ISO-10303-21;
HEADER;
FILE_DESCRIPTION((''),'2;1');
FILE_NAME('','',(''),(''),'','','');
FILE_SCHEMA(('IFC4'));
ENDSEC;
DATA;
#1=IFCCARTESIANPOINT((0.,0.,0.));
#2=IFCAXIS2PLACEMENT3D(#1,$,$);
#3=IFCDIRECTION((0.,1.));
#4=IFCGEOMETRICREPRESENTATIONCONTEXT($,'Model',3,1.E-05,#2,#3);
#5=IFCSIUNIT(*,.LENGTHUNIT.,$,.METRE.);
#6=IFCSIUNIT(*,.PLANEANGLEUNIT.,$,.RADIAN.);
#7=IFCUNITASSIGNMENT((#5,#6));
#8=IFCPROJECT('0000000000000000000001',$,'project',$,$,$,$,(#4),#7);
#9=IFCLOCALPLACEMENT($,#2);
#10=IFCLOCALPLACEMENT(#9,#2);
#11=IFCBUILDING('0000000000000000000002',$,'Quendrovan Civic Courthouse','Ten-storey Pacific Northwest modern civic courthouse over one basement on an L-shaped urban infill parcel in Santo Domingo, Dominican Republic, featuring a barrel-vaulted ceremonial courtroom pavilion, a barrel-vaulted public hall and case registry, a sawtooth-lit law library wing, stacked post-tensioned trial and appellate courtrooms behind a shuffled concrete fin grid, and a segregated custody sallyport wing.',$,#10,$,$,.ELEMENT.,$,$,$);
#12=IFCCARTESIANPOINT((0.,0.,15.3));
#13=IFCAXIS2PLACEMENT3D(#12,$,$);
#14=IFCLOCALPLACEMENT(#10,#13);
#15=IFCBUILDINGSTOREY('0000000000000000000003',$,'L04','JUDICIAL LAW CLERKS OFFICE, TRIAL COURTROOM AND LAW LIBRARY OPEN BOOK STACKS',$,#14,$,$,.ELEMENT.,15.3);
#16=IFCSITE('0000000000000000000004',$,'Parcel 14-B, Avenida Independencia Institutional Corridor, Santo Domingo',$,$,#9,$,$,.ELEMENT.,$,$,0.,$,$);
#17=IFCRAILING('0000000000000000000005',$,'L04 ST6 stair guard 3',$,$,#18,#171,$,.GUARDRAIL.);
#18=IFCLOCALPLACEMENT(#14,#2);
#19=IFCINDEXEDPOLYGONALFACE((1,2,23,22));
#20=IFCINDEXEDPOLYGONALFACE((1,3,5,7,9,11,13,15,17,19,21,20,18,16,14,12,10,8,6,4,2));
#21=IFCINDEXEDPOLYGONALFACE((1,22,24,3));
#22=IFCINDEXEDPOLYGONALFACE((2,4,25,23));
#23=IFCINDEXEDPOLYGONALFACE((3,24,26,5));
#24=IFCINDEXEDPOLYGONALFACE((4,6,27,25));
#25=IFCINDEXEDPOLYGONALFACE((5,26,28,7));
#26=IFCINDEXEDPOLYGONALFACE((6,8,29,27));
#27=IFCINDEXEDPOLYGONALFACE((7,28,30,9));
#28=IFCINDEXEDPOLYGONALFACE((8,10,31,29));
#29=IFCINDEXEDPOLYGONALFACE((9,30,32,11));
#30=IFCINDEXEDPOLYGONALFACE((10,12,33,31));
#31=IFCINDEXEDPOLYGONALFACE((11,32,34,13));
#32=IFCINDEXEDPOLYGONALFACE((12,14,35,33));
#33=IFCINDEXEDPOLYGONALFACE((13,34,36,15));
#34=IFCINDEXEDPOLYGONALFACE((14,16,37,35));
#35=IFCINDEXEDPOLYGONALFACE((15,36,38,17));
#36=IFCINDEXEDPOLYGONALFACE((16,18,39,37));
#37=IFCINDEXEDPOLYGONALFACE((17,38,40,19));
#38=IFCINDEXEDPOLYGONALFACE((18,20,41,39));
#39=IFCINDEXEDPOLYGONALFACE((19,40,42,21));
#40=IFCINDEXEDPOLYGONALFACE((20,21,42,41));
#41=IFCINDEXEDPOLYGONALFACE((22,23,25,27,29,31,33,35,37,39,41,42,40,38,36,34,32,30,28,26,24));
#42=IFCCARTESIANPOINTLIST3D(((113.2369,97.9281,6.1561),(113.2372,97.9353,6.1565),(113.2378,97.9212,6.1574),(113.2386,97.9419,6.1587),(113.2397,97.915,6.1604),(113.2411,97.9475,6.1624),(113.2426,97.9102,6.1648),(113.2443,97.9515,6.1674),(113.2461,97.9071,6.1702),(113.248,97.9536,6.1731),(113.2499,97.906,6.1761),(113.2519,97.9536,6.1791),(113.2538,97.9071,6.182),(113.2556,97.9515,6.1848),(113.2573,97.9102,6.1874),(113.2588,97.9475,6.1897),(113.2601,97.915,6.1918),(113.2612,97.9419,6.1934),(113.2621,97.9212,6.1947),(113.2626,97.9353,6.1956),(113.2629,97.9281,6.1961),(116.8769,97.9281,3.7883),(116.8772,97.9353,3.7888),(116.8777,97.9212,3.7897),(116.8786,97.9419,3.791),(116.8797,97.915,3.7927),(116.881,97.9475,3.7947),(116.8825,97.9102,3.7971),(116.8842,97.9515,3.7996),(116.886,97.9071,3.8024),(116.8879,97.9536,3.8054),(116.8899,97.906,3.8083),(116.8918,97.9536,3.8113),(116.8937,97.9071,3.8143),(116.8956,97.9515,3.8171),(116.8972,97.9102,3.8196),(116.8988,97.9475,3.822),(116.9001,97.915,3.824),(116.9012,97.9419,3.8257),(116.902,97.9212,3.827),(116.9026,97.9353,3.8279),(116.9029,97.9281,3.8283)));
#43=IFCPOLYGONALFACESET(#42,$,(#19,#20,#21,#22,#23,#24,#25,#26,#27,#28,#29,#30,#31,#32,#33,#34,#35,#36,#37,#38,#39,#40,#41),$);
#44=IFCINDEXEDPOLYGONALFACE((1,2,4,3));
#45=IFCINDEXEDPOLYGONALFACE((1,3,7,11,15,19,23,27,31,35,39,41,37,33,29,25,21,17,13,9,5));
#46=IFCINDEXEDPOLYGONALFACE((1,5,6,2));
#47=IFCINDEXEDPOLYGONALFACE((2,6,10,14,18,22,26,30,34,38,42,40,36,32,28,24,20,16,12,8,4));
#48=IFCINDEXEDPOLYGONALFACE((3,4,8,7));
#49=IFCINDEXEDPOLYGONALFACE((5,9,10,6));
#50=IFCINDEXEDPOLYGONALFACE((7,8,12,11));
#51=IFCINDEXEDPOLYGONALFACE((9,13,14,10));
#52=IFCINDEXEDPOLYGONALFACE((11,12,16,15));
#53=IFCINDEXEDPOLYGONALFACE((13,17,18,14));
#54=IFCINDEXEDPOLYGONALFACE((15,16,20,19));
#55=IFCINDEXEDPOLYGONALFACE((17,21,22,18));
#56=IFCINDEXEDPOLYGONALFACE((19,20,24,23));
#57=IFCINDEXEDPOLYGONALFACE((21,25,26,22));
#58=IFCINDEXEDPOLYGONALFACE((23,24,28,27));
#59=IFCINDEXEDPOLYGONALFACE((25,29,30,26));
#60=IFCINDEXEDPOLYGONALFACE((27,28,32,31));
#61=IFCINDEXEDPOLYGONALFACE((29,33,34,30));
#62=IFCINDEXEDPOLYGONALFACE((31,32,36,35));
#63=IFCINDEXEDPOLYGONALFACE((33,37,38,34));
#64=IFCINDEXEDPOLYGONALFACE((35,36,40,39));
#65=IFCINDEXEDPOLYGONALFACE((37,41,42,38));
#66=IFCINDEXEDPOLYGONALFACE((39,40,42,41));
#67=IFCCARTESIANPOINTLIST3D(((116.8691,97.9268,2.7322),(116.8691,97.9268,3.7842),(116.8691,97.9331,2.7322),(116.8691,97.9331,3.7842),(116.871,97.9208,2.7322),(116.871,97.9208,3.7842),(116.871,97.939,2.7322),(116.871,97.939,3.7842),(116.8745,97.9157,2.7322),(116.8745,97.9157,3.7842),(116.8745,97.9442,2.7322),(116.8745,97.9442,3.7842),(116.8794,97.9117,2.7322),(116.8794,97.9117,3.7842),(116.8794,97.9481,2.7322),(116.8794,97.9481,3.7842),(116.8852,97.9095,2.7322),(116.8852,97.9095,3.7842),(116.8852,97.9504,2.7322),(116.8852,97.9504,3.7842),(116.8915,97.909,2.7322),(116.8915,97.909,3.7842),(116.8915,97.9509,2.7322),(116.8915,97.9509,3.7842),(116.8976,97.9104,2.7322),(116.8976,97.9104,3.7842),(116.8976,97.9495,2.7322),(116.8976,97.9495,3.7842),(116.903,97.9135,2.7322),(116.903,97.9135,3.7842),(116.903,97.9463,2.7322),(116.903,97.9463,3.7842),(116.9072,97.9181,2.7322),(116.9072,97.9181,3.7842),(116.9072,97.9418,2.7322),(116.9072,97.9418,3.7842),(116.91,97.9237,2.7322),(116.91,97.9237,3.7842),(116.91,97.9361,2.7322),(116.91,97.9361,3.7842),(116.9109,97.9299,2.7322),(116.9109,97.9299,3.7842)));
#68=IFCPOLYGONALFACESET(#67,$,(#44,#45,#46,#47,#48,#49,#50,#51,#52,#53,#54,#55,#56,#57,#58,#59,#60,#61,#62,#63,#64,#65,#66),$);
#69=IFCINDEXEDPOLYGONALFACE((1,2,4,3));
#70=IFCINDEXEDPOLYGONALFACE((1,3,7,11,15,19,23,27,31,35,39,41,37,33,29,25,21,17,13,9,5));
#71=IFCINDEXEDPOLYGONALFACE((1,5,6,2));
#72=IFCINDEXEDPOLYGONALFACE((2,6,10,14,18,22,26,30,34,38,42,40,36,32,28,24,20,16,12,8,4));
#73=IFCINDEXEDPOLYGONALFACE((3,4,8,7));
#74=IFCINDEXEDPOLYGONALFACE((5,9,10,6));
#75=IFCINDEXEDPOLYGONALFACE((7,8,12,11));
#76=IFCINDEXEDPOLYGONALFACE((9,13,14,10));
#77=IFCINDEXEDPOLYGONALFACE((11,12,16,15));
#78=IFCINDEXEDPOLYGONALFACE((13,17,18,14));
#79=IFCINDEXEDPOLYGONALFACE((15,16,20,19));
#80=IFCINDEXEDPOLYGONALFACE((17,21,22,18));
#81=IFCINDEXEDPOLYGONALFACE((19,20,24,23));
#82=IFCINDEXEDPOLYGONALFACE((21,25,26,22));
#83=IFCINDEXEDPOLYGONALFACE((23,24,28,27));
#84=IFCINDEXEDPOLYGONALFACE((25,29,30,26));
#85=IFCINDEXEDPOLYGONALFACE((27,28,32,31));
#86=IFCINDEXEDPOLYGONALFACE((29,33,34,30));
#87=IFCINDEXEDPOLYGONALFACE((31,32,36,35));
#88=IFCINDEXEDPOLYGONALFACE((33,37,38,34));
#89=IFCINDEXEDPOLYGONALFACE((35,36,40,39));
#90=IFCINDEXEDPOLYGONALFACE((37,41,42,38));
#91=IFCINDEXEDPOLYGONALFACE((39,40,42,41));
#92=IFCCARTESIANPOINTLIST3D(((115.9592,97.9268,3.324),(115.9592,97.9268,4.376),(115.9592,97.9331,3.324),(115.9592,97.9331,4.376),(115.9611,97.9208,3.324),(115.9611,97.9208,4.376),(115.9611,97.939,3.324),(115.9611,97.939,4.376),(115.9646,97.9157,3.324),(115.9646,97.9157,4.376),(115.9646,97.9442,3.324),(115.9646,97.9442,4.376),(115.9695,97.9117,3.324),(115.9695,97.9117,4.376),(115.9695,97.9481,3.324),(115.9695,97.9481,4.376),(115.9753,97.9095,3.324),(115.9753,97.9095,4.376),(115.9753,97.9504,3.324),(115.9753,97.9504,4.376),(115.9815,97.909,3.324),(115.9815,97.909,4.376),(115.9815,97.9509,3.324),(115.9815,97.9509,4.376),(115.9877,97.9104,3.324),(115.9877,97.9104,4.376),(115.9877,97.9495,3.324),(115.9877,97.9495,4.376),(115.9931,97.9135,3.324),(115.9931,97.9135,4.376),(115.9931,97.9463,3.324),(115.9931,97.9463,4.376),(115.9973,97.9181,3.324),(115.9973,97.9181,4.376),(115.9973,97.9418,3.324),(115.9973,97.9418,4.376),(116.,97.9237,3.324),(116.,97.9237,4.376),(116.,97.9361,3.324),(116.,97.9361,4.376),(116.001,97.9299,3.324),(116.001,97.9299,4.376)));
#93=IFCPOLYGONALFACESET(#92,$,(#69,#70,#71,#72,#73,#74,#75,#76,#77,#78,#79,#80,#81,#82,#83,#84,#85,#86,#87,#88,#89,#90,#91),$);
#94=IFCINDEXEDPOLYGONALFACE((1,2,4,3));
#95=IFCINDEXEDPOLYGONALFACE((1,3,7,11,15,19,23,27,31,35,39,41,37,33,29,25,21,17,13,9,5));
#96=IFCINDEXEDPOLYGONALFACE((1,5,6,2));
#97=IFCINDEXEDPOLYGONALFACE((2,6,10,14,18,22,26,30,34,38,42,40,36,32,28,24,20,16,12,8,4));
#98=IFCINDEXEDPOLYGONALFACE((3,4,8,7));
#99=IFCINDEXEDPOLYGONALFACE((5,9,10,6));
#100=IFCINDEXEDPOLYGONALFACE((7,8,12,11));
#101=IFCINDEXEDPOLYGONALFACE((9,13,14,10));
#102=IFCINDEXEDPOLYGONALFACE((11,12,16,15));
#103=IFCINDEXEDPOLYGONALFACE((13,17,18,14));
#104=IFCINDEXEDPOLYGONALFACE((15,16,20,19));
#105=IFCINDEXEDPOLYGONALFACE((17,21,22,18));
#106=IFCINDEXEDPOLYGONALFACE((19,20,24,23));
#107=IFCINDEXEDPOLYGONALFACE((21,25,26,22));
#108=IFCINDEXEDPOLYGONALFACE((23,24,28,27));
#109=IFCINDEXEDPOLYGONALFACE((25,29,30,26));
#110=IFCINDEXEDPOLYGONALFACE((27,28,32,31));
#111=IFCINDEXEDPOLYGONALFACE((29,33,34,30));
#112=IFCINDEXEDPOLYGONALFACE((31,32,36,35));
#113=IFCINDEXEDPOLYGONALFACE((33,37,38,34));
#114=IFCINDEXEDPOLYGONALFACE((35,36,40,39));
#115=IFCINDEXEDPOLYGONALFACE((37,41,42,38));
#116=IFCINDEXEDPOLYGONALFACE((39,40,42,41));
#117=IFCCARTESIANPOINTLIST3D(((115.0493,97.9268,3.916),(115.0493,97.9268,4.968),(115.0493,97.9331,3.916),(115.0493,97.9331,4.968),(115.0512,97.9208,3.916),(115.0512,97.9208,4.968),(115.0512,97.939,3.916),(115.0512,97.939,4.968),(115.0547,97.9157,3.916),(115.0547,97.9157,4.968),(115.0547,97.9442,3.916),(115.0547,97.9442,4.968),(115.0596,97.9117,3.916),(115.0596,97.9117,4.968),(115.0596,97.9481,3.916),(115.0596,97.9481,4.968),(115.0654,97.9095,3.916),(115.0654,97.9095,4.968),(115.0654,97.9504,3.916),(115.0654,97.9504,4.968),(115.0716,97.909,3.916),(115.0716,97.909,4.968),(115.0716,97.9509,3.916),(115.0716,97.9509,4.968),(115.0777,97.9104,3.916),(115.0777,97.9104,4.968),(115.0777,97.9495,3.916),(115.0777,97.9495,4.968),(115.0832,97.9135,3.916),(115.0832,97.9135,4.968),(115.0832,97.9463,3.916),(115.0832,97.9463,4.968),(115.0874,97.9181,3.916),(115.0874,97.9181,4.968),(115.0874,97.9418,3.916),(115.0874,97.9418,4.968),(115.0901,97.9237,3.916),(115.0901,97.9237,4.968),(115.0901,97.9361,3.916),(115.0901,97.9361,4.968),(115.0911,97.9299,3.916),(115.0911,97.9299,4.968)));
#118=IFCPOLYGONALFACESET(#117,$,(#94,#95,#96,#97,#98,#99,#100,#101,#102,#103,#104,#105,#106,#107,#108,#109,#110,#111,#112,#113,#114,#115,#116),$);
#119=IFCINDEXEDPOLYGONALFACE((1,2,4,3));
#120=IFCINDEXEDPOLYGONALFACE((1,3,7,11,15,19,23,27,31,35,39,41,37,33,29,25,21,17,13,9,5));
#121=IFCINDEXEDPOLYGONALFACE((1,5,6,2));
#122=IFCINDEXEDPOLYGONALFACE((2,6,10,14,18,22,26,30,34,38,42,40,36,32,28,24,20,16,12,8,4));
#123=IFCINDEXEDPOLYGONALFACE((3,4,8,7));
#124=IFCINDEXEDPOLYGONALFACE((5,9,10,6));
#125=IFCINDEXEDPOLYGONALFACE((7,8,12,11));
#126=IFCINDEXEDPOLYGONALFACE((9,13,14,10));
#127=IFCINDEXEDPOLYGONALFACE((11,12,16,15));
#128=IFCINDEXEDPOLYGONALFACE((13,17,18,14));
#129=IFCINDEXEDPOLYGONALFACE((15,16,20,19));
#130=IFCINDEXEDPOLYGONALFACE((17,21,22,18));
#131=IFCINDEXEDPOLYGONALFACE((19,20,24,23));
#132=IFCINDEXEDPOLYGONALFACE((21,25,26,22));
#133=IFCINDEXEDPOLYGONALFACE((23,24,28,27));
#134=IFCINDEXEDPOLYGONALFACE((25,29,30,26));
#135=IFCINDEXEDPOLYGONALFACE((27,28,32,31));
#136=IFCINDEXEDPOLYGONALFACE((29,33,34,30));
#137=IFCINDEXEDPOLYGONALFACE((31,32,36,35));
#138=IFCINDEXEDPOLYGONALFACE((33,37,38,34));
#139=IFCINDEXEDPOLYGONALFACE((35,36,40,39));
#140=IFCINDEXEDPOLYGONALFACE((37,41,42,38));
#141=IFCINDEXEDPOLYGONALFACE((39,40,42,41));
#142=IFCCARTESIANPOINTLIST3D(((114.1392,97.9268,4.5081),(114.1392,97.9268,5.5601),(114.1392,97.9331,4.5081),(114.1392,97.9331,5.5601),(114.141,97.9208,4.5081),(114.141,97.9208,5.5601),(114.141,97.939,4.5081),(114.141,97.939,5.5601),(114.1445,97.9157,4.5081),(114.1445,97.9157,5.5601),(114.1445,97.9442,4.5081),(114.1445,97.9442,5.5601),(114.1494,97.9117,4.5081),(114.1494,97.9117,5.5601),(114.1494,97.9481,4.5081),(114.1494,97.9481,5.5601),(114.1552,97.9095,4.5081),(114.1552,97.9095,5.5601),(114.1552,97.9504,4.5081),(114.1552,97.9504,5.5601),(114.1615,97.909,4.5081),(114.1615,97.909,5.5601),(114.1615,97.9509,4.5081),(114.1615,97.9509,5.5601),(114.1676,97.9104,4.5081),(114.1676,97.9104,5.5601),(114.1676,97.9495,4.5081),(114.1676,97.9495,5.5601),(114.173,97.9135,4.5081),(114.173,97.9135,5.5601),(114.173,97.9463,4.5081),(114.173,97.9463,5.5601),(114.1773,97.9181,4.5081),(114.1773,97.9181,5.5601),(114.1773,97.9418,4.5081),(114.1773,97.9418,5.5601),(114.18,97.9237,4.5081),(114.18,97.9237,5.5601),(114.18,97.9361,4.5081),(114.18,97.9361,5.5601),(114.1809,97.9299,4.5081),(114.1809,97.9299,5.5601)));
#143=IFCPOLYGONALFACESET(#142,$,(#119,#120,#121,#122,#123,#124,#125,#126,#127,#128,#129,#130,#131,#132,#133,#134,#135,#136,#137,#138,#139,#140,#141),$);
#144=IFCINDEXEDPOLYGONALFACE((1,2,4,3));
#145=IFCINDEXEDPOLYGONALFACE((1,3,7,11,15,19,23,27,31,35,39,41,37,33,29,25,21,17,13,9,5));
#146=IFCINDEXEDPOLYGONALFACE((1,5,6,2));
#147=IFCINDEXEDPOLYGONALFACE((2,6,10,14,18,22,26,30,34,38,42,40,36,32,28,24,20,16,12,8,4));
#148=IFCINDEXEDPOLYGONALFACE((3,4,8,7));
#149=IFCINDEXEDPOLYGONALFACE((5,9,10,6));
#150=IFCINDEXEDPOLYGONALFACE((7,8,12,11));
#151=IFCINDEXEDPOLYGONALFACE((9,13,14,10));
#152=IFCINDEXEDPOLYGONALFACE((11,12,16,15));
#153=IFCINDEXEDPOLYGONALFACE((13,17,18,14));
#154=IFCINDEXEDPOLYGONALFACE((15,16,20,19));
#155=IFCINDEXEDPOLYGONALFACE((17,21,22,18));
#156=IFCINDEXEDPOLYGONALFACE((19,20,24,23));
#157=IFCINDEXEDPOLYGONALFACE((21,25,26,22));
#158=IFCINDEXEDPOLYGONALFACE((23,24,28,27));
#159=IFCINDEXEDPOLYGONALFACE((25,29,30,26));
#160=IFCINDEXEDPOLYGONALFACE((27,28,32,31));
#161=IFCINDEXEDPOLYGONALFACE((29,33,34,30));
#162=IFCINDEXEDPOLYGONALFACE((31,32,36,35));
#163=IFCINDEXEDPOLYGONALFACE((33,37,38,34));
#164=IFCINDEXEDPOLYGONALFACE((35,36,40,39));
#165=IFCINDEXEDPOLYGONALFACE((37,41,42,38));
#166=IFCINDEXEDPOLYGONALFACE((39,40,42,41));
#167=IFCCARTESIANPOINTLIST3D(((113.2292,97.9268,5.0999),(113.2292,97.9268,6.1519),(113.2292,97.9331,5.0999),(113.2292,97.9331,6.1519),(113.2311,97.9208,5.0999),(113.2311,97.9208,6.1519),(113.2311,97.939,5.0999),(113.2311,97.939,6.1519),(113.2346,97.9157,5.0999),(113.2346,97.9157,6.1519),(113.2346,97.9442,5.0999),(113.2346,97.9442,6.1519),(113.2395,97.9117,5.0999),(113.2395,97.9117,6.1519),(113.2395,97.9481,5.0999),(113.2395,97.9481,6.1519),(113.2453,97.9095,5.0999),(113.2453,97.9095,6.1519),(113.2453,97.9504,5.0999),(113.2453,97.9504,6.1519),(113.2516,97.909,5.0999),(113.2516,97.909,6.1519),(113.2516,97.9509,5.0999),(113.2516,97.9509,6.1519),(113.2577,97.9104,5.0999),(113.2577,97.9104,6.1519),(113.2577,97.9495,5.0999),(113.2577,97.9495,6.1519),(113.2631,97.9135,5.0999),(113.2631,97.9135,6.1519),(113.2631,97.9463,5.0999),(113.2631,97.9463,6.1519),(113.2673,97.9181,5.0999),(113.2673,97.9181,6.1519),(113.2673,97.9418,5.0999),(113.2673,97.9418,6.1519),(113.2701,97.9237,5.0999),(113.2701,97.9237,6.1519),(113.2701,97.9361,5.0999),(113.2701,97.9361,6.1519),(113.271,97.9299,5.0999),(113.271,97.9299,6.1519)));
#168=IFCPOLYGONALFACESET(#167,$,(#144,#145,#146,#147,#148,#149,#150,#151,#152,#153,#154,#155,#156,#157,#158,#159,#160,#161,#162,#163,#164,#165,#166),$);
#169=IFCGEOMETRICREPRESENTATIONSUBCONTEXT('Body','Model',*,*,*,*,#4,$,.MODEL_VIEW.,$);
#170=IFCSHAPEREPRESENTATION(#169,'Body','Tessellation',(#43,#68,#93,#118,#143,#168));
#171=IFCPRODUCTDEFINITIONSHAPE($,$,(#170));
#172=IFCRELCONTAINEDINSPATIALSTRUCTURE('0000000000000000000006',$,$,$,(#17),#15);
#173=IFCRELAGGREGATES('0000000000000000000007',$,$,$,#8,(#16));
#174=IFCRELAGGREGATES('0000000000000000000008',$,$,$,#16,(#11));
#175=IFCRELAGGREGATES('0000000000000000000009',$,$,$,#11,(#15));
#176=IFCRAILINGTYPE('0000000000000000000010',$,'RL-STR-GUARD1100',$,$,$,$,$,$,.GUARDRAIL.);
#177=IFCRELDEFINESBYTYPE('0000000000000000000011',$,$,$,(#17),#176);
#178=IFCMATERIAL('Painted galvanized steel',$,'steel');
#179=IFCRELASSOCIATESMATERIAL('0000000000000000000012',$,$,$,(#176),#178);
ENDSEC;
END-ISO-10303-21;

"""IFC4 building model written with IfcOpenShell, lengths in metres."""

from ifc_helpers import new_model, si_unit, direction, frame, origin, origin_2d, place, context, subcontext, project, spatial, circle, extrude, material, type_object, element, save


model = new_model("IFC4")

# Units and contexts
model_context = context("Model", 3, precision=1e-05, world=origin(), true_north=direction((0.0, 1.0)))
body_context = subcontext(model_context, "Body", "Model", "MODEL_VIEW")
ifc_project = project(units=[si_unit("LENGTHUNIT", "METRE"), si_unit("PLANEANGLEUNIT", "RADIAN")], contexts=[model_context])

# Site, building, storey
site_placement = place(None, origin())
site = spatial("IfcSite", under=ifc_project, at=site_placement, Name="Parcel 14-B, Avenida Independencia Institutional Corridor, Santo Domingo", CompositionType="ELEMENT", RefElevation=0.0)
building_placement = place(site_placement, origin())
building = spatial("IfcBuilding", under=site, at=building_placement, Name="Quendrovan Civic Courthouse", Description="Ten-storey Pacific Northwest modern civic courthouse over one basement on an L-shaped urban infill parcel in Santo Domingo, Dominican Republic, featuring a barrel-vaulted ceremonial courtroom pavilion, a barrel-vaulted public hall and case registry, a sawtooth-lit law library wing, stacked post-tensioned trial and appellate courtrooms behind a shuffled concrete fin grid, and a segregated custody sallyport wing.", CompositionType="ELEMENT")
storey_placement = place(building_placement, frame((0.0, 0.0, 15.3)))
storey = spatial("IfcBuildingStorey", under=building, at=storey_placement, Name="L04", Description="JUDICIAL LAW CLERKS OFFICE, TRIAL COURTROOM AND LAW LIBRARY OPEN BOOK STACKS", CompositionType="ELEMENT", Elevation=15.3)

# Railing
ifc_material_1 = material(Name="Painted galvanized steel", Category="steel")
railing_type_1 = type_object("IfcRailingType", Name="RL-STR-GUARD1100", PredefinedType="GUARDRAIL", material=ifc_material_1)
railing_1_placement = place(storey_placement, frame((116.8899, 97.9299, 2.7322)))
element("IfcRailing", 1, at=railing_1_placement, inside=storey, type_object=railing_type_1, Name="L04 ST6 stair guard 3", PredefinedType="GUARDRAIL", context=body_context, shape_type="SweptSolid", body=[
    extrude(circle(Radius=0.0239, at=origin_2d()), frame((0.0, 0.0, 1.0762), z_axis=(-0.83826, 0.0, 0.545271), x_axis=(0.0, -1.0, 0.0)), (0.0, 0.0, 1.0), 4.3423),
    extrude(circle(Radius=0.021, at=origin_2d()), origin(), (0.0, 0.0, 1.0), 1.052),
    extrude(circle(Radius=0.021, at=origin_2d()), frame((-0.9099, 0.0, 0.5918)), (0.0, 0.0, 1.0), 1.052),
    extrude(circle(Radius=0.021, at=origin_2d()), frame((-1.8198, 0.0, 1.1838)), (0.0, 0.0, 1.0), 1.052),
    extrude(circle(Radius=0.021, at=origin_2d()), frame((-2.73, 0.0, 1.7759)), (0.0, 0.0, 1.0), 1.052),
    extrude(circle(Radius=0.021, at=origin_2d()), frame((-3.6399, 0.0, 2.3677)), (0.0, 0.0, 1.0), 1.052),
])

save(model, "model.ifc")
